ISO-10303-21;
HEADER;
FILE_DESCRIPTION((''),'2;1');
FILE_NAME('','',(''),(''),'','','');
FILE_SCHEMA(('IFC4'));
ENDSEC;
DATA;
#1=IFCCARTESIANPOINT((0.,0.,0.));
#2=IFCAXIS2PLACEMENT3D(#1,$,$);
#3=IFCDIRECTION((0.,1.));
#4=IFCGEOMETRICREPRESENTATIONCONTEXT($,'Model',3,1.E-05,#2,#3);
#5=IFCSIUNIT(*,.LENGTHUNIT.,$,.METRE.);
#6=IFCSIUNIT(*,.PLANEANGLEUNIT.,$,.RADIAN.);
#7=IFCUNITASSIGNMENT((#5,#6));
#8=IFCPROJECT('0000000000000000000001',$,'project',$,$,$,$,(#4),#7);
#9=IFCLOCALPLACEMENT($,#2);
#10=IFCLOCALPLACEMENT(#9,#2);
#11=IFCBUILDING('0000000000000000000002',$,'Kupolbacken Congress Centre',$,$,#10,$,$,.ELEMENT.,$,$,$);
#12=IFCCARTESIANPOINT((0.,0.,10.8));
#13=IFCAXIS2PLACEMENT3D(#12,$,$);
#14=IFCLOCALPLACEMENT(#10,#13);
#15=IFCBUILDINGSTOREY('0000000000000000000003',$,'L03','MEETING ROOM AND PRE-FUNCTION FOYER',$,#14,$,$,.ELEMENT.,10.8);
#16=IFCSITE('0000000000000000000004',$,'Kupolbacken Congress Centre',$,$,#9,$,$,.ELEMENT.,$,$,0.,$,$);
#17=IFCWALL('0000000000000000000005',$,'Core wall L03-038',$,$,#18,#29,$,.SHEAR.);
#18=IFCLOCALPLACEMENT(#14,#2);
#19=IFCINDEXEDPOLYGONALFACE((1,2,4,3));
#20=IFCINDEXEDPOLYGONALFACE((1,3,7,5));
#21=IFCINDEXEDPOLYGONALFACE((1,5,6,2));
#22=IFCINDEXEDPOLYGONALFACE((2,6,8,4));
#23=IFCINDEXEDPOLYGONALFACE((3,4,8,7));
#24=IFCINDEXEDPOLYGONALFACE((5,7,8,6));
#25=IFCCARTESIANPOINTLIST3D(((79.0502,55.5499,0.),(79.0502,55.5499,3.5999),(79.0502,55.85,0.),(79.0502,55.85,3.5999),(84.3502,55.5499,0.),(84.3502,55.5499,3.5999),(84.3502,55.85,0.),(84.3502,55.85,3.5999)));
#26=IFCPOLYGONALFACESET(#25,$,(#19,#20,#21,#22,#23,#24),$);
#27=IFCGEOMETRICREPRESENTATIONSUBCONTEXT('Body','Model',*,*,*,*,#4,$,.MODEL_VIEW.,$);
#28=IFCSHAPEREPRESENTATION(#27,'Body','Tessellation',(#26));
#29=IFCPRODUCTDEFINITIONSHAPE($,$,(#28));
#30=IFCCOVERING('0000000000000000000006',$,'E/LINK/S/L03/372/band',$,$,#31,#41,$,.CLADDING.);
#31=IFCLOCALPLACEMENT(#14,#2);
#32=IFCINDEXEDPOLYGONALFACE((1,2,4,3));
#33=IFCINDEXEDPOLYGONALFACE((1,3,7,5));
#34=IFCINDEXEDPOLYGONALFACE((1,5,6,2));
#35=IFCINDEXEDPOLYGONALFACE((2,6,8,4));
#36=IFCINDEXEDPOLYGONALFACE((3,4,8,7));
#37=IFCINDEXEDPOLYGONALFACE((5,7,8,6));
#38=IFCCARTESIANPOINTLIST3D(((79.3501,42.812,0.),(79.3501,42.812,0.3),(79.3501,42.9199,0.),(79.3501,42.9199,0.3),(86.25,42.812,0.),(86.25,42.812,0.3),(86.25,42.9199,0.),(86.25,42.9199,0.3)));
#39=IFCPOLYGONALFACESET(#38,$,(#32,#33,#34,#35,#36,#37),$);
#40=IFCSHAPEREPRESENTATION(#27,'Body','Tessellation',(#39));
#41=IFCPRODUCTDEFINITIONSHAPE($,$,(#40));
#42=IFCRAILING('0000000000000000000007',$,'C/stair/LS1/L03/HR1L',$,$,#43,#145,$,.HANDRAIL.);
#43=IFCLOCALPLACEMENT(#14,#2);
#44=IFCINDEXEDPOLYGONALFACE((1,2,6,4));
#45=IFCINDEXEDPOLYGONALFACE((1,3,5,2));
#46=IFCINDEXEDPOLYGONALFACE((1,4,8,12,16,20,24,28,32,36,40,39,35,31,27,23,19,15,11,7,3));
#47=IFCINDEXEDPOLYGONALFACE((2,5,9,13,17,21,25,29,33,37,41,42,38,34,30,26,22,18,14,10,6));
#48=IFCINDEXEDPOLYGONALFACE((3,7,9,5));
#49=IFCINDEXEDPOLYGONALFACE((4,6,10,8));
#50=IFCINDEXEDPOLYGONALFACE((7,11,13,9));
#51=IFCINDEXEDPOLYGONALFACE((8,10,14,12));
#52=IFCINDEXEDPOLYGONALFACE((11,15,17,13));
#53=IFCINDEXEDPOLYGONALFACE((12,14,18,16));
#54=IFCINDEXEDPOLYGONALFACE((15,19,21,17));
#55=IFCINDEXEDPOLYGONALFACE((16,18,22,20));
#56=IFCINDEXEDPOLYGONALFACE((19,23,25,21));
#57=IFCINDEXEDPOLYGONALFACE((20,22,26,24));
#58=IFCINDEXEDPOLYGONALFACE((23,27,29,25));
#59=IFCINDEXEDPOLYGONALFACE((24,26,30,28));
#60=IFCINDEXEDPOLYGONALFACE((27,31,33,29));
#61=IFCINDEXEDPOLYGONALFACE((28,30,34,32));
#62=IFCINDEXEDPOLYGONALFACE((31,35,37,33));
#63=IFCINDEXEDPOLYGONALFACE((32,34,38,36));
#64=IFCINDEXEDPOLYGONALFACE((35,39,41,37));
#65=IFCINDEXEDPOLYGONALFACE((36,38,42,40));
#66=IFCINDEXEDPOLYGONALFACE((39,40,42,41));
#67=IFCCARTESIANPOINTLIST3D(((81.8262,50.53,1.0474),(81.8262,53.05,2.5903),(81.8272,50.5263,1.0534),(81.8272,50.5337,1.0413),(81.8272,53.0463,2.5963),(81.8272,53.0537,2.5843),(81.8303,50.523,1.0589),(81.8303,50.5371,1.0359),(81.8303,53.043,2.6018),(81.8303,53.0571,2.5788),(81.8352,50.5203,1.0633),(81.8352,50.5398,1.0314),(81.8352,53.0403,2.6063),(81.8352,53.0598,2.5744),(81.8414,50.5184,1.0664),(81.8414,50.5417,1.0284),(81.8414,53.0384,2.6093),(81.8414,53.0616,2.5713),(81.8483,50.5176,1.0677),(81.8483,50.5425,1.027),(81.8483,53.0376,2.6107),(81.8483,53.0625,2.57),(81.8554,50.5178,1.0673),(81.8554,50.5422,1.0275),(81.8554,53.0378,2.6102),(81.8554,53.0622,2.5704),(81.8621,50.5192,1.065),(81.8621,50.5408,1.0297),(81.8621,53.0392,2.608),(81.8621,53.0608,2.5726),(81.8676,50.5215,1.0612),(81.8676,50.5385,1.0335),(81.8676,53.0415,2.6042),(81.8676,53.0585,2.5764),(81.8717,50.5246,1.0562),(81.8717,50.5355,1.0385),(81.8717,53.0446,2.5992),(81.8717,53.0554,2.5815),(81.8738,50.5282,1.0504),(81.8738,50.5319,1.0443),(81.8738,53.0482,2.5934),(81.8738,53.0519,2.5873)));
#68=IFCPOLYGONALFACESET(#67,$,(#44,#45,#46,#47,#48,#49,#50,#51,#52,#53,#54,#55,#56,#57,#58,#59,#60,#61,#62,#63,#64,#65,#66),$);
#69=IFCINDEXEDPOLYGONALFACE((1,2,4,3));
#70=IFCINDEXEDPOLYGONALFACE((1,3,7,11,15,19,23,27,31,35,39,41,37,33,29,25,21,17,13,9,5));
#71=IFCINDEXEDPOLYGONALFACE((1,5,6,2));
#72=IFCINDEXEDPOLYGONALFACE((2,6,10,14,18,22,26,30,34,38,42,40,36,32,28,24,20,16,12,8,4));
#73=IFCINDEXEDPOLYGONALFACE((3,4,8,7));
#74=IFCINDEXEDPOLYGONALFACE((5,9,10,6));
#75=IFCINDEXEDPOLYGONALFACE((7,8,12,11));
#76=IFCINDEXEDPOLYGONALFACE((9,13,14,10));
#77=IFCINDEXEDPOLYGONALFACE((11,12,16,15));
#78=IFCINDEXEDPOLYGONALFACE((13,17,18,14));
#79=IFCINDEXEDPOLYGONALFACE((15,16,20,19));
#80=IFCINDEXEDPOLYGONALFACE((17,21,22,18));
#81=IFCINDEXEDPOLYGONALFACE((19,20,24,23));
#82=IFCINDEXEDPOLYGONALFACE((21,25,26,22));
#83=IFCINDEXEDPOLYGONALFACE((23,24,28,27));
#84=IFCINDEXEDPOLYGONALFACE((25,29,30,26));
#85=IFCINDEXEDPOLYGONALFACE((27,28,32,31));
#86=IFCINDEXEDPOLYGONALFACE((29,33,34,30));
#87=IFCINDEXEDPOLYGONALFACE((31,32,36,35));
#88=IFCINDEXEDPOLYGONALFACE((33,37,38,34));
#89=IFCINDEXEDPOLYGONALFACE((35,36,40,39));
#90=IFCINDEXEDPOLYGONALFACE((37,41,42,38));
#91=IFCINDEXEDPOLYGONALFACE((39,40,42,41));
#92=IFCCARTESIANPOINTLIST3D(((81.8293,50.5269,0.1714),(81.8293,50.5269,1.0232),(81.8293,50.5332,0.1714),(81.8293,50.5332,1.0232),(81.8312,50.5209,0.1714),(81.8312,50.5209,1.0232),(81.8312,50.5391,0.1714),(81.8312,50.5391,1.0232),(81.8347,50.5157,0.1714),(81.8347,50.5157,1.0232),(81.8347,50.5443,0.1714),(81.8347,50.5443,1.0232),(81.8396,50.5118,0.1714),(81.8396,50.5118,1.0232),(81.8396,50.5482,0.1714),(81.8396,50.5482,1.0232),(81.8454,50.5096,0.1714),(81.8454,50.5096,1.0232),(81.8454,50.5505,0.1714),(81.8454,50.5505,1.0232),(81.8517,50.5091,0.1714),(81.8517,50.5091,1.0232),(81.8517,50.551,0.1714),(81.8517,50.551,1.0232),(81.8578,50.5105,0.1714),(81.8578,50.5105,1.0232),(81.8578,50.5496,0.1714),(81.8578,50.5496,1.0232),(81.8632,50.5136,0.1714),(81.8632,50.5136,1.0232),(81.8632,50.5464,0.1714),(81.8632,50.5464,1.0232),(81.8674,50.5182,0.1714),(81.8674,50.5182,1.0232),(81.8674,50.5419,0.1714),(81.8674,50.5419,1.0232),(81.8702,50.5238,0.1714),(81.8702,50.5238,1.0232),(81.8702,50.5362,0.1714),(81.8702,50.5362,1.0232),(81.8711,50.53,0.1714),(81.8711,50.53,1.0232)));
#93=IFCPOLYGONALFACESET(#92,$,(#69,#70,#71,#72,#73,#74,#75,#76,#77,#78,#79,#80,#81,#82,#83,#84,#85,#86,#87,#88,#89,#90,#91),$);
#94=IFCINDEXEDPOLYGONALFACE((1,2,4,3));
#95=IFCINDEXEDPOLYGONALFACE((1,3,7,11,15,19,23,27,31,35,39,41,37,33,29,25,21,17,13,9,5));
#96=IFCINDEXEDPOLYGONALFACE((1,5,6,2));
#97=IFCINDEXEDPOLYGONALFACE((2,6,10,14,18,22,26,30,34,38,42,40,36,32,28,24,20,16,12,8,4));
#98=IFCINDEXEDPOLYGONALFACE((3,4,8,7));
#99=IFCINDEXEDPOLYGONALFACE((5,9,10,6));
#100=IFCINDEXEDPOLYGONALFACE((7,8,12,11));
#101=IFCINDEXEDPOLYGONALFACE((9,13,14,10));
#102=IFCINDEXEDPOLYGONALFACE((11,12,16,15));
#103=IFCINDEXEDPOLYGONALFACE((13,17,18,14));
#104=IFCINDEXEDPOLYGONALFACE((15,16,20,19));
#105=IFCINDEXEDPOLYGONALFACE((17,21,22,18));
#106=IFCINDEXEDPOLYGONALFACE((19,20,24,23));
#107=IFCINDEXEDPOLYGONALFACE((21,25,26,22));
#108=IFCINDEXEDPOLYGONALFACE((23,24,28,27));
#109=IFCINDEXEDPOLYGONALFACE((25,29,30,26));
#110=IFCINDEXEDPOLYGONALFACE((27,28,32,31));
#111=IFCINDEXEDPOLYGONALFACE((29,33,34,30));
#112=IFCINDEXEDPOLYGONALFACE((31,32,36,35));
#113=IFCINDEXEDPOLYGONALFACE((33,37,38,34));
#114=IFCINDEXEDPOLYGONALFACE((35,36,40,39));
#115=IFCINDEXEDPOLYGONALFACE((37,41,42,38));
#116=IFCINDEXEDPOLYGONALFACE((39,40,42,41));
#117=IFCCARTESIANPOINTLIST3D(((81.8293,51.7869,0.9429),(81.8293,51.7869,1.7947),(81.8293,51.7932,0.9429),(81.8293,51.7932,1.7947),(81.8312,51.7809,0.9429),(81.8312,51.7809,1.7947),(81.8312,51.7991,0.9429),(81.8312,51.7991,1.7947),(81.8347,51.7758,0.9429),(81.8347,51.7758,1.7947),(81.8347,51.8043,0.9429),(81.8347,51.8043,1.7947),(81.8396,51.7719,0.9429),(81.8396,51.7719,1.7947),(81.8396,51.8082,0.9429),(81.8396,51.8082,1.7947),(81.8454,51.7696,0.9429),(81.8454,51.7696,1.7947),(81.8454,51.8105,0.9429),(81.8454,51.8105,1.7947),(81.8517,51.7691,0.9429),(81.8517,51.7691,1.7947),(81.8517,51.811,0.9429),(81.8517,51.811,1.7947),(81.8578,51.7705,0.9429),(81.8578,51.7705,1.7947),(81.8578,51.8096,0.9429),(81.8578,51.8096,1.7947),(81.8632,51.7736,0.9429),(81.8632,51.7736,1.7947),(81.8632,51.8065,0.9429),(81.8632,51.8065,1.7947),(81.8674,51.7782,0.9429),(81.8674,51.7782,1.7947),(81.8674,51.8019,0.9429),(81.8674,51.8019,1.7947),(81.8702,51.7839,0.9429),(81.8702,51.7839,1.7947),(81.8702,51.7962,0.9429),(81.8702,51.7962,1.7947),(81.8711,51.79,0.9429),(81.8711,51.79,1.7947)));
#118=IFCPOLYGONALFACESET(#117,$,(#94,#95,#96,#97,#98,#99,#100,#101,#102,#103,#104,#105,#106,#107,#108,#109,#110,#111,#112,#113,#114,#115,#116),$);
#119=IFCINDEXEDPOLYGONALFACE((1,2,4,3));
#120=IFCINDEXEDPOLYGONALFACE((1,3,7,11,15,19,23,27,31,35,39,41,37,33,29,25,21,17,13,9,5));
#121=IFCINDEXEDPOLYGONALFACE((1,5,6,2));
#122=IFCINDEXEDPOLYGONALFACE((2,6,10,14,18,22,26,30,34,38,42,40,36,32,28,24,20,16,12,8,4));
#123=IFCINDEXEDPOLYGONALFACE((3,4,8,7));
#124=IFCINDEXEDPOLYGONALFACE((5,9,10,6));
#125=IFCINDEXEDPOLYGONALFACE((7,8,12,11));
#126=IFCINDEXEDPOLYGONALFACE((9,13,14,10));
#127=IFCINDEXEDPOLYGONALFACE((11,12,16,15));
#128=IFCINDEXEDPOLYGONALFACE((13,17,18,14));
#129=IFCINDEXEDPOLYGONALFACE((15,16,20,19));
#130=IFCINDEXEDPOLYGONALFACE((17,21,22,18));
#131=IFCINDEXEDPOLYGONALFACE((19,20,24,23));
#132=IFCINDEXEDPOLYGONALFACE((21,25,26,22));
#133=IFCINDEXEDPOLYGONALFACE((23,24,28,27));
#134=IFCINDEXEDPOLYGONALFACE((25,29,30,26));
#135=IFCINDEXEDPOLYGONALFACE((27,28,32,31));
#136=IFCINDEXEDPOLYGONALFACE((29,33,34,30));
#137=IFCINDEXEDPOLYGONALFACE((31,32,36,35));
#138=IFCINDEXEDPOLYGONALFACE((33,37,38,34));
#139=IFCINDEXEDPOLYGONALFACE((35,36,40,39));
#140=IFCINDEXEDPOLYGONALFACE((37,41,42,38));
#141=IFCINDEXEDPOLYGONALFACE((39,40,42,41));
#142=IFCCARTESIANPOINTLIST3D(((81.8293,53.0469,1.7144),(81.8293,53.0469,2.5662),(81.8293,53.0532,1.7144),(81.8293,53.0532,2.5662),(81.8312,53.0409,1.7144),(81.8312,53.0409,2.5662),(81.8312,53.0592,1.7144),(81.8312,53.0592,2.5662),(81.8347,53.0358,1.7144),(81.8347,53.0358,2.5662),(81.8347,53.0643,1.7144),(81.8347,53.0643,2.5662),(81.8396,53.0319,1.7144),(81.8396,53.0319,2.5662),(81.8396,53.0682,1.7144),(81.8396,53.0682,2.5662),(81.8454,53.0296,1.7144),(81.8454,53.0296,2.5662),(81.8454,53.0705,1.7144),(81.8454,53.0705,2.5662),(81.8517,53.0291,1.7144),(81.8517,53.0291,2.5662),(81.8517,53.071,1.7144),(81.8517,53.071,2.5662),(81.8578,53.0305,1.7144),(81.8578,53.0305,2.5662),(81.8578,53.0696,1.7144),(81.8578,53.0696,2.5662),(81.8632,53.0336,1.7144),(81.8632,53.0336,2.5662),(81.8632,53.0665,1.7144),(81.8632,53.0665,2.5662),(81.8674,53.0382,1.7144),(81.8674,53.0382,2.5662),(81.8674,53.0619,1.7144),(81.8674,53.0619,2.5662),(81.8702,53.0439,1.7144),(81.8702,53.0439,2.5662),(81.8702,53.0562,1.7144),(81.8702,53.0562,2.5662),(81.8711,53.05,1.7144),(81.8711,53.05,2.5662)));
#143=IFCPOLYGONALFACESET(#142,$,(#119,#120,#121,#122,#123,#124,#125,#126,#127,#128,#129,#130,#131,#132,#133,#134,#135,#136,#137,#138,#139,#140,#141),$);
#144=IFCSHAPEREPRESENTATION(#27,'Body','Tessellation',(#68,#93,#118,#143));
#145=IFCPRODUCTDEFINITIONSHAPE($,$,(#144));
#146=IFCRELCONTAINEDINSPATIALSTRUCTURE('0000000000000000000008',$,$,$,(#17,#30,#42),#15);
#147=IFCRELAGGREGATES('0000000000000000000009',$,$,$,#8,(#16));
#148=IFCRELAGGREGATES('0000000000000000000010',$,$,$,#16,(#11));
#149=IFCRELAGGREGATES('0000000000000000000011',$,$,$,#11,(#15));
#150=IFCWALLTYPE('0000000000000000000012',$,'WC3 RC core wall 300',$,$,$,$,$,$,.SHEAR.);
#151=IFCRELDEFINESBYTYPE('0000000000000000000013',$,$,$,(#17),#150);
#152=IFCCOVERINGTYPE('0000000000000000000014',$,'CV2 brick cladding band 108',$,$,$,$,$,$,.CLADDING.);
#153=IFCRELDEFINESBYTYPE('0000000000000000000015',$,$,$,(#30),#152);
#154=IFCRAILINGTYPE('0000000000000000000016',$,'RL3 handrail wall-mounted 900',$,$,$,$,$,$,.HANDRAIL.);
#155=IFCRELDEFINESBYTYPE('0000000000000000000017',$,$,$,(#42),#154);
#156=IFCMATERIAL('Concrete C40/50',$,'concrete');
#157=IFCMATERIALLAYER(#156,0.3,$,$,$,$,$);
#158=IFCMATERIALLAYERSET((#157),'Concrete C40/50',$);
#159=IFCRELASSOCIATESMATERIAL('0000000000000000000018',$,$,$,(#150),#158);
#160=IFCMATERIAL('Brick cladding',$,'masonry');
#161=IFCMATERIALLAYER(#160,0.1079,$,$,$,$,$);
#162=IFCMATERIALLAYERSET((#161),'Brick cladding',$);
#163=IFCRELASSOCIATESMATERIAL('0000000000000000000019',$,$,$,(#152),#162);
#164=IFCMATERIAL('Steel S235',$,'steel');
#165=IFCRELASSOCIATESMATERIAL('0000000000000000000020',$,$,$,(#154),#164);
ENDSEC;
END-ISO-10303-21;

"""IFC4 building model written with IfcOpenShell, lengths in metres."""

from ifc_helpers import new_model, si_unit, direction, frame, frame_2d, origin, origin_2d, place, context, subcontext, project, spatial, rectangle, circle, extrude, material, layer, layer_set, type_object, element, save


model = new_model("IFC4")

# Units and contexts
model_context = context("Model", 3, precision=1e-05, world=origin(), true_north=direction((0.0, 1.0)))
body_context = subcontext(model_context, "Body", "Model", "MODEL_VIEW")
ifc_project = project(units=[si_unit("LENGTHUNIT", "METRE"), si_unit("PLANEANGLEUNIT", "RADIAN")], contexts=[model_context])

# Site, building, storey
site_placement = place(None, origin())
site = spatial("IfcSite", under=ifc_project, at=site_placement, Name="Kupolbacken Congress Centre", CompositionType="ELEMENT", RefElevation=0.0)
building_placement = place(site_placement, origin())
building = spatial("IfcBuilding", under=site, at=building_placement, Name="Kupolbacken Congress Centre", CompositionType="ELEMENT")
storey_placement = place(building_placement, frame((0.0, 0.0, 10.8)))
storey = spatial("IfcBuildingStorey", under=building, at=storey_placement, Name="L03", Description="MEETING ROOM AND PRE-FUNCTION FOYER", CompositionType="ELEMENT", Elevation=10.8)

# Wall
ifc_material_1 = material(Name="Concrete C40/50", Category="concrete")
ifc_layer_1 = layer(ifc_material_1, 0.3)
ifc_layer_set_1 = layer_set([ifc_layer_1], Name="Concrete C40/50")
wall_type_1 = type_object("IfcWallType", Name="WC3 RC core wall 300", PredefinedType="SHEAR", material=ifc_layer_set_1)
wall_1_placement = place(storey_placement, frame((84.3501, 55.7, 0.0), z_axis=(0.0, 0.0, 1.0), x_axis=(-1.0, 0.0, 0.0)))
element("IfcWall", 1, at=wall_1_placement, inside=storey, type_object=wall_type_1, Name="Core wall L03-038", PredefinedType="SHEAR", context=body_context, shape_type="SweptSolid", body=[
    extrude(rectangle(XDim=5.3, YDim=0.3, at=frame_2d((2.6499, 0.0))), origin(), (0.0, 0.0, 1.0), 3.5999),
])

# Covering
ifc_material_2 = material(Name="Brick cladding", Category="masonry")
ifc_layer_2 = layer(ifc_material_2, 0.1079)
ifc_layer_set_2 = layer_set([ifc_layer_2], Name="Brick cladding")
covering_type = type_object("IfcCoveringType", Name="CV2 brick cladding band 108", PredefinedType="CLADDING", material=ifc_layer_set_2)
covering_placement = place(storey_placement, frame((82.8, 42.866, 0.0), z_axis=(0.0, 0.0, 1.0), x_axis=(1.0, 0.0, 0.0)))
element("IfcCovering", 2, at=covering_placement, inside=storey, type_object=covering_type, Name="E/LINK/S/L03/372/band", PredefinedType="CLADDING", context=body_context, shape_type="SweptSolid", body=[
    extrude(rectangle(XDim=6.8999, YDim=0.1079, at=origin_2d()), origin(), (0.0, 0.0, 1.0), 0.3),
])

# Railing
ifc_material_3 = material(Name="Steel S235", Category="steel")
railing_type = type_object("IfcRailingType", Name="RL3 handrail wall-mounted 900", PredefinedType="HANDRAIL", material=ifc_material_3)
for number, where, name in (
    (3, (81.8501, 50.53, 0.1714), "C/stair/LS1/L03/HR1L"),
):
    element("IfcRailing", number, at=place(storey_placement, frame(where)), inside=storey, type_object=railing_type, Name=name, PredefinedType="HANDRAIL", context=body_context, shape_type="SweptSolid", body=[
        extrude(circle(Radius=0.0239, at=origin_2d()), frame((0.0, 0.0, 0.876), z_axis=(0.0, 0.852836, 0.522178), x_axis=(-1.0, 0.0, 0.0)), (0.0, 0.0, 1.0), 2.9548),
        extrude(circle(Radius=0.021, at=origin_2d()), origin(), (0.0, 0.0, 1.0), 0.8518),
        extrude(circle(Radius=0.021, at=origin_2d()), frame((0.0, 1.26, 0.7715)), (0.0, 0.0, 1.0), 0.8518),
        extrude(circle(Radius=0.021, at=origin_2d()), frame((0.0, 2.52, 1.543)), (0.0, 0.0, 1.0), 0.8518),
    ])

save(model, "model.ifc")
